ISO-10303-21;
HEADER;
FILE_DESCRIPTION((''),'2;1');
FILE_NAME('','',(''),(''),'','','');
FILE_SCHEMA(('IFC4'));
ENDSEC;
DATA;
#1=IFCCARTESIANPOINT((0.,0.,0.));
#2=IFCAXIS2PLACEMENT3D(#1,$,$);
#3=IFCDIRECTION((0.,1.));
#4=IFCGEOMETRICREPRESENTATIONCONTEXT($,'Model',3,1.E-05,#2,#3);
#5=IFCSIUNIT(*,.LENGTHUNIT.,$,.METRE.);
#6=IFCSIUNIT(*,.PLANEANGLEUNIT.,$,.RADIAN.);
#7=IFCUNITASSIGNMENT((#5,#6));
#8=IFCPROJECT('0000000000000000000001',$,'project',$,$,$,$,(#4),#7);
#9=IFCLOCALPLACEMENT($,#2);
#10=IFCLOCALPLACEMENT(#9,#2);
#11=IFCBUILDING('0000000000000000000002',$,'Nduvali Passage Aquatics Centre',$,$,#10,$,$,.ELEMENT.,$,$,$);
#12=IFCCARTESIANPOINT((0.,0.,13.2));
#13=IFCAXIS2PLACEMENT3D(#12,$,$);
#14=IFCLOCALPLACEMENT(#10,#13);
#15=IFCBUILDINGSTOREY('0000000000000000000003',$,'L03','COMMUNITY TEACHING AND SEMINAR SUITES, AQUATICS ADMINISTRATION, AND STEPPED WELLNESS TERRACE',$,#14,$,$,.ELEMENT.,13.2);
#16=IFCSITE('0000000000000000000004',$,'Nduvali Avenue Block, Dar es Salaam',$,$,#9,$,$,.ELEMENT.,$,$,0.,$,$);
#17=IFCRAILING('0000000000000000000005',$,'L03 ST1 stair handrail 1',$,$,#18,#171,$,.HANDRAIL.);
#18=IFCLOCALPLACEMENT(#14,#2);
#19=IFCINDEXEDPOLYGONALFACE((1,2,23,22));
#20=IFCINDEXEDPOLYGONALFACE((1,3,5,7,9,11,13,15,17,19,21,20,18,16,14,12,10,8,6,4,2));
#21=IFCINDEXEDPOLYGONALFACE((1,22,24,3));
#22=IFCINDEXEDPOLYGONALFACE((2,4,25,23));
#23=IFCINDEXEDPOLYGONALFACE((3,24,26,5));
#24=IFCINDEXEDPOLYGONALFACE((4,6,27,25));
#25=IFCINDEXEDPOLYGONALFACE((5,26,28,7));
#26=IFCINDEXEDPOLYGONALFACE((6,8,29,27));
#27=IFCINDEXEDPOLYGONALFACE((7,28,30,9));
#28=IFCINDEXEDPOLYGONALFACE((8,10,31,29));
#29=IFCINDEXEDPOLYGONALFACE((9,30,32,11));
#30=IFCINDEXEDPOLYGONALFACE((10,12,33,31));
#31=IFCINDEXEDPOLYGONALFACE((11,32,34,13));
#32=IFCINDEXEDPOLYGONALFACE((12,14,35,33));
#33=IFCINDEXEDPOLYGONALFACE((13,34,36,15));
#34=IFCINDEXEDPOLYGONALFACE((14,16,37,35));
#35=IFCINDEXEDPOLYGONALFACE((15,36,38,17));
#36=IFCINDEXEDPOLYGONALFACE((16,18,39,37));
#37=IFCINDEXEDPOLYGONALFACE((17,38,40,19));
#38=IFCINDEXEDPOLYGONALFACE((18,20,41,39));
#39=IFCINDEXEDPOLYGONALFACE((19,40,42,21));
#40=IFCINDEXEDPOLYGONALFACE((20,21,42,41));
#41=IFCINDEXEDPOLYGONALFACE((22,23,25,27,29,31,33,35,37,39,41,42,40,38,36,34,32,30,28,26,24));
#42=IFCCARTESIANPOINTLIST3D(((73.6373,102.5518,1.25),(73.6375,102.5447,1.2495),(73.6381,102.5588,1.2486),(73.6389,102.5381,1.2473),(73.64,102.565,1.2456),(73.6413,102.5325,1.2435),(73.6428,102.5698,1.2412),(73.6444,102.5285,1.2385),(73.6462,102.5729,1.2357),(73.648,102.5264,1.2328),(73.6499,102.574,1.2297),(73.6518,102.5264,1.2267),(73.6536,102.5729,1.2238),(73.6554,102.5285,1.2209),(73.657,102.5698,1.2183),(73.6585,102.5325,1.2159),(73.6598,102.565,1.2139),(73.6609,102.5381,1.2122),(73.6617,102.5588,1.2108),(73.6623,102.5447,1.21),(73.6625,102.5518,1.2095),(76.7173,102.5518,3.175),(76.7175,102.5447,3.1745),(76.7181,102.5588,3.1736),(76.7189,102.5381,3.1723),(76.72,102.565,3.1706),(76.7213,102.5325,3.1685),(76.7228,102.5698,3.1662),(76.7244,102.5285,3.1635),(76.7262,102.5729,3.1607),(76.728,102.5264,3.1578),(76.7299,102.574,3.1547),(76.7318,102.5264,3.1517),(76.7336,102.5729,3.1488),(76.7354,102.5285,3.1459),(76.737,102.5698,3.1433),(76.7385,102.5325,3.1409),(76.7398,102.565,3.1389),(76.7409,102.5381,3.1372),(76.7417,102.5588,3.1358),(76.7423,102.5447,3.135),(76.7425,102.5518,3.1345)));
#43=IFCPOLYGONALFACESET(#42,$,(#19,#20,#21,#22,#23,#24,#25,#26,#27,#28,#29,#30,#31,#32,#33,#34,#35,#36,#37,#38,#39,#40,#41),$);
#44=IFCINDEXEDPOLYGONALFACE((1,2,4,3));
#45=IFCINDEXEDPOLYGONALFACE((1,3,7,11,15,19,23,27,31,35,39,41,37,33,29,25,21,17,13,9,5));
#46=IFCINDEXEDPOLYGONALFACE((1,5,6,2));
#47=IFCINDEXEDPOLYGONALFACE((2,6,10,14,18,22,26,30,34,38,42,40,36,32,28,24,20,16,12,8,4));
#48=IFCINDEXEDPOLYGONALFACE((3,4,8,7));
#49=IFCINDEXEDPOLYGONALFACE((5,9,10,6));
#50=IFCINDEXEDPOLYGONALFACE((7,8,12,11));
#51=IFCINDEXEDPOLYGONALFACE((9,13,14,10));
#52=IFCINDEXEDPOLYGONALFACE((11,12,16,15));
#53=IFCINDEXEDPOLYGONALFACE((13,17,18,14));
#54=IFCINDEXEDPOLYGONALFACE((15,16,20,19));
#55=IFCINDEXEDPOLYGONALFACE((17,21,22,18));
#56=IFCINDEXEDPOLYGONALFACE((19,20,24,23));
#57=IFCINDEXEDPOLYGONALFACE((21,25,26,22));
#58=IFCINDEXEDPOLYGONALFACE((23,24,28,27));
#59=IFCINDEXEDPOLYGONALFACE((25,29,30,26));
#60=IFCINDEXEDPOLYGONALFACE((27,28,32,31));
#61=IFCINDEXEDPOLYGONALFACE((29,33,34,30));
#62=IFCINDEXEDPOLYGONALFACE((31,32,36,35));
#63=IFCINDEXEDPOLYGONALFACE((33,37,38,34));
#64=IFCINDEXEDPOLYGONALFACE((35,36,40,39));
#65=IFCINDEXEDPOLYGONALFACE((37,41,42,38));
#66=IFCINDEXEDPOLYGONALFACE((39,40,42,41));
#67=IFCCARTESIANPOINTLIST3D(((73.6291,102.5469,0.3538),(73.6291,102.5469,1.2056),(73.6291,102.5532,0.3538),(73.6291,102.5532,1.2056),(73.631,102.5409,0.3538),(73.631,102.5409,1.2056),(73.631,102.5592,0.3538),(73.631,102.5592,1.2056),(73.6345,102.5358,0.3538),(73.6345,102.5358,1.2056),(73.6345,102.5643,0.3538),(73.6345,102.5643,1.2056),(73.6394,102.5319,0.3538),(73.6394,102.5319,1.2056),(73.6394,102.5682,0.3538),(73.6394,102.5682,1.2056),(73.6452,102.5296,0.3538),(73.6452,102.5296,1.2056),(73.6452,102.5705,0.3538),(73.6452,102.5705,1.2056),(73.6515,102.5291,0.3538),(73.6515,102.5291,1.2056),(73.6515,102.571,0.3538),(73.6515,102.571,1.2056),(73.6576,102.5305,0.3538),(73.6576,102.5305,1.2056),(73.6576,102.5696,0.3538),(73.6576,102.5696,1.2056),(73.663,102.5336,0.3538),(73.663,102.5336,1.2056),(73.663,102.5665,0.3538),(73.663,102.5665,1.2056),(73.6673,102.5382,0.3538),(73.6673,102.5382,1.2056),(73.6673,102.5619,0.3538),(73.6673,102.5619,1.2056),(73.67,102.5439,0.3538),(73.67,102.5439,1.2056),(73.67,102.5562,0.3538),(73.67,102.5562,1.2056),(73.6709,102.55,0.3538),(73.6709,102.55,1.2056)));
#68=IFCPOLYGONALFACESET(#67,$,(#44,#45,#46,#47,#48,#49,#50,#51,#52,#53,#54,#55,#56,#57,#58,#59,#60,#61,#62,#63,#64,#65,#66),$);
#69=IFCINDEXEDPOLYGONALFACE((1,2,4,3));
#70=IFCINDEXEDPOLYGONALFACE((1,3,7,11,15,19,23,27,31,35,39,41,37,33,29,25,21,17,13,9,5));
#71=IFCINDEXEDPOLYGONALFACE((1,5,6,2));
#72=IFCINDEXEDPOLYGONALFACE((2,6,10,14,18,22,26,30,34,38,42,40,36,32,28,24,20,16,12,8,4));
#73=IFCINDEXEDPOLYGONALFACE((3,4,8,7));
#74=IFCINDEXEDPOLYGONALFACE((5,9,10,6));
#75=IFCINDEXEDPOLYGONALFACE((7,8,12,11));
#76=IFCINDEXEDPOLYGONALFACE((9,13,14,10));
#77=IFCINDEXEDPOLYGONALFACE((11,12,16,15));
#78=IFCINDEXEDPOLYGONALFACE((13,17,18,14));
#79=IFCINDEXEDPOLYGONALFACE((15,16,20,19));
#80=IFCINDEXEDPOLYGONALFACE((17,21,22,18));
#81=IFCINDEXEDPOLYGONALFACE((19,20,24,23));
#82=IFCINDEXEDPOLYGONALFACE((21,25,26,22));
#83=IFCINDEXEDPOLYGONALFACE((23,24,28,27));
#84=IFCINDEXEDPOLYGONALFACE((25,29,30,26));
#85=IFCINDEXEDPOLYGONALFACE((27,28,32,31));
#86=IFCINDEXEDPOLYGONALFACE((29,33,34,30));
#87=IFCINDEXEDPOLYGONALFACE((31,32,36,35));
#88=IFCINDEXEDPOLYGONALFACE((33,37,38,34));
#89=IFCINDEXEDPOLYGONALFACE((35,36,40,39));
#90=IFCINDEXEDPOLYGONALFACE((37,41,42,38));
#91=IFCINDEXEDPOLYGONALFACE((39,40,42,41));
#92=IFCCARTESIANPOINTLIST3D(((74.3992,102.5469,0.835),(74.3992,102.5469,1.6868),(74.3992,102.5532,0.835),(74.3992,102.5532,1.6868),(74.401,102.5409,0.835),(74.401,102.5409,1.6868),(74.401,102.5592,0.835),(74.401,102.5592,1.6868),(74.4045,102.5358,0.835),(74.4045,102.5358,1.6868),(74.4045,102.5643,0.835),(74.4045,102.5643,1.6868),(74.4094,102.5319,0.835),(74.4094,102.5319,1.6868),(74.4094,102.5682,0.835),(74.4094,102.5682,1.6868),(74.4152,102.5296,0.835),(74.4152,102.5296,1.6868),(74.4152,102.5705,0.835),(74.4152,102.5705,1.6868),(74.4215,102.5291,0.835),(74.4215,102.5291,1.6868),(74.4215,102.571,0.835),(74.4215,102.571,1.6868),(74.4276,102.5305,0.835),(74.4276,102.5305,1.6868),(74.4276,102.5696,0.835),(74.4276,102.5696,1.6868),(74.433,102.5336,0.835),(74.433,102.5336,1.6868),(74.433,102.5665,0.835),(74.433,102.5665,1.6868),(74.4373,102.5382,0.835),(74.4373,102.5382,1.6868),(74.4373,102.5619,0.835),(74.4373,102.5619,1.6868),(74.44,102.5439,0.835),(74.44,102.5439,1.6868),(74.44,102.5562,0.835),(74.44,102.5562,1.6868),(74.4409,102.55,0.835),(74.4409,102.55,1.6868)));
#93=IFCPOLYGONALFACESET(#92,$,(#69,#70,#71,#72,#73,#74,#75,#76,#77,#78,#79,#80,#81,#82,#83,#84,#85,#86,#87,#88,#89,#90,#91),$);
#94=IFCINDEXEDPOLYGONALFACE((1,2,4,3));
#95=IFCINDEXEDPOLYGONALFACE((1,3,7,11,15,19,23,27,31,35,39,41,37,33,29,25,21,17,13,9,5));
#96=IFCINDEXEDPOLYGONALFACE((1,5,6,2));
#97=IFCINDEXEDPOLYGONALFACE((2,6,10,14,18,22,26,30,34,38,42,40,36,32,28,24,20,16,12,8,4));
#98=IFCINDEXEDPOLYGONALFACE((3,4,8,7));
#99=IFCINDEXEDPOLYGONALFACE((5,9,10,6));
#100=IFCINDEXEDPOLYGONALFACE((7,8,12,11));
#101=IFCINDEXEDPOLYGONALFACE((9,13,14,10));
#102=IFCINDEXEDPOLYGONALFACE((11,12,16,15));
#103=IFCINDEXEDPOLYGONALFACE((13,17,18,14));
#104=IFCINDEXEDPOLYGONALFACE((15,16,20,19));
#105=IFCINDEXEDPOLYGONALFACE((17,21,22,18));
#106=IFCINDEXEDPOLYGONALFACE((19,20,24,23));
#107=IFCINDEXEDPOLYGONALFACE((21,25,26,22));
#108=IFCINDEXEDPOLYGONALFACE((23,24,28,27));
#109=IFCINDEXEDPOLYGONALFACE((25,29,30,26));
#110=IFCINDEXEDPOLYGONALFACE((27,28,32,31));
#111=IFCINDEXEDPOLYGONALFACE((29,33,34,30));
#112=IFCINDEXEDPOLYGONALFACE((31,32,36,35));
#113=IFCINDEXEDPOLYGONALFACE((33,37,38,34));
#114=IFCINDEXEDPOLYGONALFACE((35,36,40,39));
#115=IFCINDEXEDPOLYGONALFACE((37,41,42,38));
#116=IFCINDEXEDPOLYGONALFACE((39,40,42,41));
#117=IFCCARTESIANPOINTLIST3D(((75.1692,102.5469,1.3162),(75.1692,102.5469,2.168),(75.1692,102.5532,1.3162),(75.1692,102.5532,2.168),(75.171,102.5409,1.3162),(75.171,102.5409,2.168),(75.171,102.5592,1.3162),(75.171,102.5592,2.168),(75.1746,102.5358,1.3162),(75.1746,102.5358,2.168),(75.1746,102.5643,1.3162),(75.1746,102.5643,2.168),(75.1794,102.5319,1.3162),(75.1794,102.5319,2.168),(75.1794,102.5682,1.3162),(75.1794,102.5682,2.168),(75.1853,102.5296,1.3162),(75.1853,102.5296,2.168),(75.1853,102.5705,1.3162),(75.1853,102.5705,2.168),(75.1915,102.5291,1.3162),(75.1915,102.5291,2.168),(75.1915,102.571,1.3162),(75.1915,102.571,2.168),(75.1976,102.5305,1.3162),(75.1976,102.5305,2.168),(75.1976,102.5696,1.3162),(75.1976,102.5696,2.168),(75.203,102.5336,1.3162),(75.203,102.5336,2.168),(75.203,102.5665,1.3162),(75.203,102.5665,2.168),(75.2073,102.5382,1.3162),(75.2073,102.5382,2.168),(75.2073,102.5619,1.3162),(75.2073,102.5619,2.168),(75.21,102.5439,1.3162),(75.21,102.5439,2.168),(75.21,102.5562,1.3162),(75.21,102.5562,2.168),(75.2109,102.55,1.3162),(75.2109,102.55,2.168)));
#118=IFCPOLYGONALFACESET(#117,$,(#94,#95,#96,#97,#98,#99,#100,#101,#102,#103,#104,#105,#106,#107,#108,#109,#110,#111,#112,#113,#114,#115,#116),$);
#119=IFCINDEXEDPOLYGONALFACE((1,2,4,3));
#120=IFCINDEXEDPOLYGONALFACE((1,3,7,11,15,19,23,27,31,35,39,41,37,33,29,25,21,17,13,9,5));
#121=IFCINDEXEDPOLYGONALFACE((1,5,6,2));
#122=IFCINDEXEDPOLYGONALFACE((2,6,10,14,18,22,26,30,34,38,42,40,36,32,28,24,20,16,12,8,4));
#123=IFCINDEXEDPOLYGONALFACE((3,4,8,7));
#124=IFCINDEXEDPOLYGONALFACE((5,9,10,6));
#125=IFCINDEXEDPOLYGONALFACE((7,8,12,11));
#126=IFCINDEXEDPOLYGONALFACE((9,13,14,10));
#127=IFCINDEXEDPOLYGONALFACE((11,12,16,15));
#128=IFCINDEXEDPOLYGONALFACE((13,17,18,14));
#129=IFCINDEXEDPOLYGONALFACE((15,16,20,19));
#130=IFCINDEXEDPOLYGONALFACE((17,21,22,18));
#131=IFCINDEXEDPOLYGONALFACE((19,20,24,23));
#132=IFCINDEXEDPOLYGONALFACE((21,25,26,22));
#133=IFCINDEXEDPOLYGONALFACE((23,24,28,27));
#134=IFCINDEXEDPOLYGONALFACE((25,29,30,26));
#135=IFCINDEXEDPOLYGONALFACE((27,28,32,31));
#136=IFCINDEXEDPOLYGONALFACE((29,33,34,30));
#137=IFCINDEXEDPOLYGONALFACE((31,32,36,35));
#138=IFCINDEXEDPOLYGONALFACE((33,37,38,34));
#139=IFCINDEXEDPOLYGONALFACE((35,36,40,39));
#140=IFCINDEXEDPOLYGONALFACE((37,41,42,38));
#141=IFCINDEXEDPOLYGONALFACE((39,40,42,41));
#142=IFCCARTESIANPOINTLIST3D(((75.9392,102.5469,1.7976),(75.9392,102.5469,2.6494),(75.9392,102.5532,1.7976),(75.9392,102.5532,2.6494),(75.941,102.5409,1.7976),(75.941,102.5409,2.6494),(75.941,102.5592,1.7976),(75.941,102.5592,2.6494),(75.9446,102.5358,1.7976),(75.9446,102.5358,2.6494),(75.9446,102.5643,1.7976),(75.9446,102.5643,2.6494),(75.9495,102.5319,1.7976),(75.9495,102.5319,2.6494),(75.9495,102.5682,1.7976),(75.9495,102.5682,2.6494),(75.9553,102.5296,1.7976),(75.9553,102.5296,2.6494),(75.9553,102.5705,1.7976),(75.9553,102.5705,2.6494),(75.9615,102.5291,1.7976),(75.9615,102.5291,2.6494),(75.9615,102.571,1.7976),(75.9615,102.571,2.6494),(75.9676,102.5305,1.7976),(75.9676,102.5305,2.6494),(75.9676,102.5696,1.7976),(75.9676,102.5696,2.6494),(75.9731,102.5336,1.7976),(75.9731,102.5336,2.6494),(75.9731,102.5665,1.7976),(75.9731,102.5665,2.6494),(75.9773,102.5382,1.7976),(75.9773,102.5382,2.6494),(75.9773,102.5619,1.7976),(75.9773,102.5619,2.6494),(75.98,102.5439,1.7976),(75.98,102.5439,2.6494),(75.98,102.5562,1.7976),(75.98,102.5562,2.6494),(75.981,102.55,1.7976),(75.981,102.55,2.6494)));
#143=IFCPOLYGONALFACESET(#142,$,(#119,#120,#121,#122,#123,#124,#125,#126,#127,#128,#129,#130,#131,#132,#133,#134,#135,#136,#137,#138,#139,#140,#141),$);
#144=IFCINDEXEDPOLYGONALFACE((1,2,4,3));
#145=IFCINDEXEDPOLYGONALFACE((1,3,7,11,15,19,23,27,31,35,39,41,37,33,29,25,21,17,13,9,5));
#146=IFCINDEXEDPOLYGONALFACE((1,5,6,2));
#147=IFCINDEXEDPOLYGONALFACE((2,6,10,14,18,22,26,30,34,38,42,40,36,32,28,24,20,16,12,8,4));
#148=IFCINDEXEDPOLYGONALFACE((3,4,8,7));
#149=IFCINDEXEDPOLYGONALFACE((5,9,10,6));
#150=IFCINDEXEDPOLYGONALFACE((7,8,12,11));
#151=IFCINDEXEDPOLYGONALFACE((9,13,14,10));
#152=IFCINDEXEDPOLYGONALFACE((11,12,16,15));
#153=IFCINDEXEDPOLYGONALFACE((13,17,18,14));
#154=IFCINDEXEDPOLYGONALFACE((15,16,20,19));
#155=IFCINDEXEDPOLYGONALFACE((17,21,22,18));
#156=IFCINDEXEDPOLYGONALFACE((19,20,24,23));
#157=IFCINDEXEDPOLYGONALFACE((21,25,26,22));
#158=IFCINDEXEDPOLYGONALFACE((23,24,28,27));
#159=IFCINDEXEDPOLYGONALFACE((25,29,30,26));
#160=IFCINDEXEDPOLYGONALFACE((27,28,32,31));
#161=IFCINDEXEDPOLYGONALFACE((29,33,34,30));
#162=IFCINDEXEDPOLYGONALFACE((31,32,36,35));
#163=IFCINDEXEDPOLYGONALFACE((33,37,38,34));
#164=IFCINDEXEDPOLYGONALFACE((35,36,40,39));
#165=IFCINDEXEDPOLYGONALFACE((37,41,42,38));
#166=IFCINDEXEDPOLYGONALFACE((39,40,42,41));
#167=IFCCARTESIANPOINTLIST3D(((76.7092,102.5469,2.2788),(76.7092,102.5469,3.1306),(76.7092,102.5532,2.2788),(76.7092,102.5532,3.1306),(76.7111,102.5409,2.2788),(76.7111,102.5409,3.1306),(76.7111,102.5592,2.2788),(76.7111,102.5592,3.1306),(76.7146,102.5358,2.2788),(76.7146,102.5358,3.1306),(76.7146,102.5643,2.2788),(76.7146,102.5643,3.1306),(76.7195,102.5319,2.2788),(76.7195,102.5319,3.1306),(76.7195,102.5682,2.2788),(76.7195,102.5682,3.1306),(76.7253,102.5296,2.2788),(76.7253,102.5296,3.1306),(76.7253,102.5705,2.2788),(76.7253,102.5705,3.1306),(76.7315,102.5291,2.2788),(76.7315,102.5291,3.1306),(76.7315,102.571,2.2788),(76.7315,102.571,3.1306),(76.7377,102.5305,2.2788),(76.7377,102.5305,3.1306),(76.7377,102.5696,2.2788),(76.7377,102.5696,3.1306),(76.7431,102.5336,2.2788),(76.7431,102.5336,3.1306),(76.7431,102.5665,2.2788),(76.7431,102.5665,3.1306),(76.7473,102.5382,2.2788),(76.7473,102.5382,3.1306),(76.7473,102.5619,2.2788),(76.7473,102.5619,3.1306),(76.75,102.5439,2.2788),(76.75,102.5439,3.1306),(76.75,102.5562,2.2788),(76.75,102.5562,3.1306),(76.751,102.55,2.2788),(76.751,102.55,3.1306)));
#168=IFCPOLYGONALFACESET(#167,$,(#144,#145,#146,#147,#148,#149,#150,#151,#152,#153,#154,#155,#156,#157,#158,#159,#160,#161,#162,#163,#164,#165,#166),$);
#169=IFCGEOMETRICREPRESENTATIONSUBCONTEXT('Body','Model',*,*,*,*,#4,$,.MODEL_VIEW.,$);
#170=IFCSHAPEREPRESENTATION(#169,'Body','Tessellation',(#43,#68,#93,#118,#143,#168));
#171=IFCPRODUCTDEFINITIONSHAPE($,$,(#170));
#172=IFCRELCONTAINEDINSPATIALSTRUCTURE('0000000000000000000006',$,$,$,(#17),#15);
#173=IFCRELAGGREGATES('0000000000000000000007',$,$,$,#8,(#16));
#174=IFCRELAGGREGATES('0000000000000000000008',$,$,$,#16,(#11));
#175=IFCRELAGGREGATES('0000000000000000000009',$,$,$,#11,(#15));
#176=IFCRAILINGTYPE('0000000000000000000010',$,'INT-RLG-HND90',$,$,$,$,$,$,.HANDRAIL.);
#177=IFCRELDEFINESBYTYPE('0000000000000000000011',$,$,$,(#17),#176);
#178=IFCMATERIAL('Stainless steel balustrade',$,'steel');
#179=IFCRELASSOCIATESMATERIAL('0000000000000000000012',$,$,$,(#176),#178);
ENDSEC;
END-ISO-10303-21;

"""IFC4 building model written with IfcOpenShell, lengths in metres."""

from ifc_helpers import new_model, si_unit, direction, frame, origin, origin_2d, place, context, subcontext, project, spatial, circle, extrude, material, type_object, element, save


model = new_model("IFC4")

# Units and contexts
model_context = context("Model", 3, precision=1e-05, world=origin(), true_north=direction((0.0, 1.0)))
body_context = subcontext(model_context, "Body", "Model", "MODEL_VIEW")
ifc_project = project(units=[si_unit("LENGTHUNIT", "METRE"), si_unit("PLANEANGLEUNIT", "RADIAN")], contexts=[model_context])

# Site, building, storey
site_placement = place(None, origin())
site = spatial("IfcSite", under=ifc_project, at=site_placement, Name="Nduvali Avenue Block, Dar es Salaam", CompositionType="ELEMENT", RefElevation=0.0)
building_placement = place(site_placement, origin())
building = spatial("IfcBuilding", under=site, at=building_placement, Name="Nduvali Passage Aquatics Centre", CompositionType="ELEMENT")
storey_placement = place(building_placement, frame((0.0, 0.0, 13.2)))
storey = spatial("IfcBuildingStorey", under=building, at=storey_placement, Name="L03", Description="COMMUNITY TEACHING AND SEMINAR SUITES, AQUATICS ADMINISTRATION, AND STEPPED WELLNESS TERRACE", CompositionType="ELEMENT", Elevation=13.2)

# Railing
ifc_material_1 = material(Name="Stainless steel balustrade", Category="steel")
railing_type_1 = type_object("IfcRailingType", Name="INT-RLG-HND90", PredefinedType="HANDRAIL", material=ifc_material_1)
railing_1_placement = place(storey_placement, frame((73.6499, 102.55, 0.3538)))
element("IfcRailing", 1, at=railing_1_placement, inside=storey, type_object=railing_type_1, Name="L03 ST1 stair handrail 1", PredefinedType="HANDRAIL", context=body_context, shape_type="SweptSolid", body=[
    extrude(circle(Radius=0.0239, at=origin_2d()), frame((0.0, 0.0, 0.876), z_axis=(0.847998, 0.0, 0.529999), x_axis=(0.0, 1.0, 0.0)), (0.0, 0.0, 1.0), 3.6321),
    extrude(circle(Radius=0.021, at=origin_2d()), origin(), (0.0, 0.0, 1.0), 0.8518),
    extrude(circle(Radius=0.021, at=origin_2d()), frame((0.77, 0.0, 0.4812)), (0.0, 0.0, 1.0), 0.8518),
    extrude(circle(Radius=0.021, at=origin_2d()), frame((1.54, 0.0, 0.9624)), (0.0, 0.0, 1.0), 0.8518),
    extrude(circle(Radius=0.021, at=origin_2d()), frame((2.3101, 0.0, 1.4438)), (0.0, 0.0, 1.0), 0.8518),
    extrude(circle(Radius=0.021, at=origin_2d()), frame((3.0801, 0.0, 1.925)), (0.0, 0.0, 1.0), 0.8518),
])

save(model, "model.ifc")
